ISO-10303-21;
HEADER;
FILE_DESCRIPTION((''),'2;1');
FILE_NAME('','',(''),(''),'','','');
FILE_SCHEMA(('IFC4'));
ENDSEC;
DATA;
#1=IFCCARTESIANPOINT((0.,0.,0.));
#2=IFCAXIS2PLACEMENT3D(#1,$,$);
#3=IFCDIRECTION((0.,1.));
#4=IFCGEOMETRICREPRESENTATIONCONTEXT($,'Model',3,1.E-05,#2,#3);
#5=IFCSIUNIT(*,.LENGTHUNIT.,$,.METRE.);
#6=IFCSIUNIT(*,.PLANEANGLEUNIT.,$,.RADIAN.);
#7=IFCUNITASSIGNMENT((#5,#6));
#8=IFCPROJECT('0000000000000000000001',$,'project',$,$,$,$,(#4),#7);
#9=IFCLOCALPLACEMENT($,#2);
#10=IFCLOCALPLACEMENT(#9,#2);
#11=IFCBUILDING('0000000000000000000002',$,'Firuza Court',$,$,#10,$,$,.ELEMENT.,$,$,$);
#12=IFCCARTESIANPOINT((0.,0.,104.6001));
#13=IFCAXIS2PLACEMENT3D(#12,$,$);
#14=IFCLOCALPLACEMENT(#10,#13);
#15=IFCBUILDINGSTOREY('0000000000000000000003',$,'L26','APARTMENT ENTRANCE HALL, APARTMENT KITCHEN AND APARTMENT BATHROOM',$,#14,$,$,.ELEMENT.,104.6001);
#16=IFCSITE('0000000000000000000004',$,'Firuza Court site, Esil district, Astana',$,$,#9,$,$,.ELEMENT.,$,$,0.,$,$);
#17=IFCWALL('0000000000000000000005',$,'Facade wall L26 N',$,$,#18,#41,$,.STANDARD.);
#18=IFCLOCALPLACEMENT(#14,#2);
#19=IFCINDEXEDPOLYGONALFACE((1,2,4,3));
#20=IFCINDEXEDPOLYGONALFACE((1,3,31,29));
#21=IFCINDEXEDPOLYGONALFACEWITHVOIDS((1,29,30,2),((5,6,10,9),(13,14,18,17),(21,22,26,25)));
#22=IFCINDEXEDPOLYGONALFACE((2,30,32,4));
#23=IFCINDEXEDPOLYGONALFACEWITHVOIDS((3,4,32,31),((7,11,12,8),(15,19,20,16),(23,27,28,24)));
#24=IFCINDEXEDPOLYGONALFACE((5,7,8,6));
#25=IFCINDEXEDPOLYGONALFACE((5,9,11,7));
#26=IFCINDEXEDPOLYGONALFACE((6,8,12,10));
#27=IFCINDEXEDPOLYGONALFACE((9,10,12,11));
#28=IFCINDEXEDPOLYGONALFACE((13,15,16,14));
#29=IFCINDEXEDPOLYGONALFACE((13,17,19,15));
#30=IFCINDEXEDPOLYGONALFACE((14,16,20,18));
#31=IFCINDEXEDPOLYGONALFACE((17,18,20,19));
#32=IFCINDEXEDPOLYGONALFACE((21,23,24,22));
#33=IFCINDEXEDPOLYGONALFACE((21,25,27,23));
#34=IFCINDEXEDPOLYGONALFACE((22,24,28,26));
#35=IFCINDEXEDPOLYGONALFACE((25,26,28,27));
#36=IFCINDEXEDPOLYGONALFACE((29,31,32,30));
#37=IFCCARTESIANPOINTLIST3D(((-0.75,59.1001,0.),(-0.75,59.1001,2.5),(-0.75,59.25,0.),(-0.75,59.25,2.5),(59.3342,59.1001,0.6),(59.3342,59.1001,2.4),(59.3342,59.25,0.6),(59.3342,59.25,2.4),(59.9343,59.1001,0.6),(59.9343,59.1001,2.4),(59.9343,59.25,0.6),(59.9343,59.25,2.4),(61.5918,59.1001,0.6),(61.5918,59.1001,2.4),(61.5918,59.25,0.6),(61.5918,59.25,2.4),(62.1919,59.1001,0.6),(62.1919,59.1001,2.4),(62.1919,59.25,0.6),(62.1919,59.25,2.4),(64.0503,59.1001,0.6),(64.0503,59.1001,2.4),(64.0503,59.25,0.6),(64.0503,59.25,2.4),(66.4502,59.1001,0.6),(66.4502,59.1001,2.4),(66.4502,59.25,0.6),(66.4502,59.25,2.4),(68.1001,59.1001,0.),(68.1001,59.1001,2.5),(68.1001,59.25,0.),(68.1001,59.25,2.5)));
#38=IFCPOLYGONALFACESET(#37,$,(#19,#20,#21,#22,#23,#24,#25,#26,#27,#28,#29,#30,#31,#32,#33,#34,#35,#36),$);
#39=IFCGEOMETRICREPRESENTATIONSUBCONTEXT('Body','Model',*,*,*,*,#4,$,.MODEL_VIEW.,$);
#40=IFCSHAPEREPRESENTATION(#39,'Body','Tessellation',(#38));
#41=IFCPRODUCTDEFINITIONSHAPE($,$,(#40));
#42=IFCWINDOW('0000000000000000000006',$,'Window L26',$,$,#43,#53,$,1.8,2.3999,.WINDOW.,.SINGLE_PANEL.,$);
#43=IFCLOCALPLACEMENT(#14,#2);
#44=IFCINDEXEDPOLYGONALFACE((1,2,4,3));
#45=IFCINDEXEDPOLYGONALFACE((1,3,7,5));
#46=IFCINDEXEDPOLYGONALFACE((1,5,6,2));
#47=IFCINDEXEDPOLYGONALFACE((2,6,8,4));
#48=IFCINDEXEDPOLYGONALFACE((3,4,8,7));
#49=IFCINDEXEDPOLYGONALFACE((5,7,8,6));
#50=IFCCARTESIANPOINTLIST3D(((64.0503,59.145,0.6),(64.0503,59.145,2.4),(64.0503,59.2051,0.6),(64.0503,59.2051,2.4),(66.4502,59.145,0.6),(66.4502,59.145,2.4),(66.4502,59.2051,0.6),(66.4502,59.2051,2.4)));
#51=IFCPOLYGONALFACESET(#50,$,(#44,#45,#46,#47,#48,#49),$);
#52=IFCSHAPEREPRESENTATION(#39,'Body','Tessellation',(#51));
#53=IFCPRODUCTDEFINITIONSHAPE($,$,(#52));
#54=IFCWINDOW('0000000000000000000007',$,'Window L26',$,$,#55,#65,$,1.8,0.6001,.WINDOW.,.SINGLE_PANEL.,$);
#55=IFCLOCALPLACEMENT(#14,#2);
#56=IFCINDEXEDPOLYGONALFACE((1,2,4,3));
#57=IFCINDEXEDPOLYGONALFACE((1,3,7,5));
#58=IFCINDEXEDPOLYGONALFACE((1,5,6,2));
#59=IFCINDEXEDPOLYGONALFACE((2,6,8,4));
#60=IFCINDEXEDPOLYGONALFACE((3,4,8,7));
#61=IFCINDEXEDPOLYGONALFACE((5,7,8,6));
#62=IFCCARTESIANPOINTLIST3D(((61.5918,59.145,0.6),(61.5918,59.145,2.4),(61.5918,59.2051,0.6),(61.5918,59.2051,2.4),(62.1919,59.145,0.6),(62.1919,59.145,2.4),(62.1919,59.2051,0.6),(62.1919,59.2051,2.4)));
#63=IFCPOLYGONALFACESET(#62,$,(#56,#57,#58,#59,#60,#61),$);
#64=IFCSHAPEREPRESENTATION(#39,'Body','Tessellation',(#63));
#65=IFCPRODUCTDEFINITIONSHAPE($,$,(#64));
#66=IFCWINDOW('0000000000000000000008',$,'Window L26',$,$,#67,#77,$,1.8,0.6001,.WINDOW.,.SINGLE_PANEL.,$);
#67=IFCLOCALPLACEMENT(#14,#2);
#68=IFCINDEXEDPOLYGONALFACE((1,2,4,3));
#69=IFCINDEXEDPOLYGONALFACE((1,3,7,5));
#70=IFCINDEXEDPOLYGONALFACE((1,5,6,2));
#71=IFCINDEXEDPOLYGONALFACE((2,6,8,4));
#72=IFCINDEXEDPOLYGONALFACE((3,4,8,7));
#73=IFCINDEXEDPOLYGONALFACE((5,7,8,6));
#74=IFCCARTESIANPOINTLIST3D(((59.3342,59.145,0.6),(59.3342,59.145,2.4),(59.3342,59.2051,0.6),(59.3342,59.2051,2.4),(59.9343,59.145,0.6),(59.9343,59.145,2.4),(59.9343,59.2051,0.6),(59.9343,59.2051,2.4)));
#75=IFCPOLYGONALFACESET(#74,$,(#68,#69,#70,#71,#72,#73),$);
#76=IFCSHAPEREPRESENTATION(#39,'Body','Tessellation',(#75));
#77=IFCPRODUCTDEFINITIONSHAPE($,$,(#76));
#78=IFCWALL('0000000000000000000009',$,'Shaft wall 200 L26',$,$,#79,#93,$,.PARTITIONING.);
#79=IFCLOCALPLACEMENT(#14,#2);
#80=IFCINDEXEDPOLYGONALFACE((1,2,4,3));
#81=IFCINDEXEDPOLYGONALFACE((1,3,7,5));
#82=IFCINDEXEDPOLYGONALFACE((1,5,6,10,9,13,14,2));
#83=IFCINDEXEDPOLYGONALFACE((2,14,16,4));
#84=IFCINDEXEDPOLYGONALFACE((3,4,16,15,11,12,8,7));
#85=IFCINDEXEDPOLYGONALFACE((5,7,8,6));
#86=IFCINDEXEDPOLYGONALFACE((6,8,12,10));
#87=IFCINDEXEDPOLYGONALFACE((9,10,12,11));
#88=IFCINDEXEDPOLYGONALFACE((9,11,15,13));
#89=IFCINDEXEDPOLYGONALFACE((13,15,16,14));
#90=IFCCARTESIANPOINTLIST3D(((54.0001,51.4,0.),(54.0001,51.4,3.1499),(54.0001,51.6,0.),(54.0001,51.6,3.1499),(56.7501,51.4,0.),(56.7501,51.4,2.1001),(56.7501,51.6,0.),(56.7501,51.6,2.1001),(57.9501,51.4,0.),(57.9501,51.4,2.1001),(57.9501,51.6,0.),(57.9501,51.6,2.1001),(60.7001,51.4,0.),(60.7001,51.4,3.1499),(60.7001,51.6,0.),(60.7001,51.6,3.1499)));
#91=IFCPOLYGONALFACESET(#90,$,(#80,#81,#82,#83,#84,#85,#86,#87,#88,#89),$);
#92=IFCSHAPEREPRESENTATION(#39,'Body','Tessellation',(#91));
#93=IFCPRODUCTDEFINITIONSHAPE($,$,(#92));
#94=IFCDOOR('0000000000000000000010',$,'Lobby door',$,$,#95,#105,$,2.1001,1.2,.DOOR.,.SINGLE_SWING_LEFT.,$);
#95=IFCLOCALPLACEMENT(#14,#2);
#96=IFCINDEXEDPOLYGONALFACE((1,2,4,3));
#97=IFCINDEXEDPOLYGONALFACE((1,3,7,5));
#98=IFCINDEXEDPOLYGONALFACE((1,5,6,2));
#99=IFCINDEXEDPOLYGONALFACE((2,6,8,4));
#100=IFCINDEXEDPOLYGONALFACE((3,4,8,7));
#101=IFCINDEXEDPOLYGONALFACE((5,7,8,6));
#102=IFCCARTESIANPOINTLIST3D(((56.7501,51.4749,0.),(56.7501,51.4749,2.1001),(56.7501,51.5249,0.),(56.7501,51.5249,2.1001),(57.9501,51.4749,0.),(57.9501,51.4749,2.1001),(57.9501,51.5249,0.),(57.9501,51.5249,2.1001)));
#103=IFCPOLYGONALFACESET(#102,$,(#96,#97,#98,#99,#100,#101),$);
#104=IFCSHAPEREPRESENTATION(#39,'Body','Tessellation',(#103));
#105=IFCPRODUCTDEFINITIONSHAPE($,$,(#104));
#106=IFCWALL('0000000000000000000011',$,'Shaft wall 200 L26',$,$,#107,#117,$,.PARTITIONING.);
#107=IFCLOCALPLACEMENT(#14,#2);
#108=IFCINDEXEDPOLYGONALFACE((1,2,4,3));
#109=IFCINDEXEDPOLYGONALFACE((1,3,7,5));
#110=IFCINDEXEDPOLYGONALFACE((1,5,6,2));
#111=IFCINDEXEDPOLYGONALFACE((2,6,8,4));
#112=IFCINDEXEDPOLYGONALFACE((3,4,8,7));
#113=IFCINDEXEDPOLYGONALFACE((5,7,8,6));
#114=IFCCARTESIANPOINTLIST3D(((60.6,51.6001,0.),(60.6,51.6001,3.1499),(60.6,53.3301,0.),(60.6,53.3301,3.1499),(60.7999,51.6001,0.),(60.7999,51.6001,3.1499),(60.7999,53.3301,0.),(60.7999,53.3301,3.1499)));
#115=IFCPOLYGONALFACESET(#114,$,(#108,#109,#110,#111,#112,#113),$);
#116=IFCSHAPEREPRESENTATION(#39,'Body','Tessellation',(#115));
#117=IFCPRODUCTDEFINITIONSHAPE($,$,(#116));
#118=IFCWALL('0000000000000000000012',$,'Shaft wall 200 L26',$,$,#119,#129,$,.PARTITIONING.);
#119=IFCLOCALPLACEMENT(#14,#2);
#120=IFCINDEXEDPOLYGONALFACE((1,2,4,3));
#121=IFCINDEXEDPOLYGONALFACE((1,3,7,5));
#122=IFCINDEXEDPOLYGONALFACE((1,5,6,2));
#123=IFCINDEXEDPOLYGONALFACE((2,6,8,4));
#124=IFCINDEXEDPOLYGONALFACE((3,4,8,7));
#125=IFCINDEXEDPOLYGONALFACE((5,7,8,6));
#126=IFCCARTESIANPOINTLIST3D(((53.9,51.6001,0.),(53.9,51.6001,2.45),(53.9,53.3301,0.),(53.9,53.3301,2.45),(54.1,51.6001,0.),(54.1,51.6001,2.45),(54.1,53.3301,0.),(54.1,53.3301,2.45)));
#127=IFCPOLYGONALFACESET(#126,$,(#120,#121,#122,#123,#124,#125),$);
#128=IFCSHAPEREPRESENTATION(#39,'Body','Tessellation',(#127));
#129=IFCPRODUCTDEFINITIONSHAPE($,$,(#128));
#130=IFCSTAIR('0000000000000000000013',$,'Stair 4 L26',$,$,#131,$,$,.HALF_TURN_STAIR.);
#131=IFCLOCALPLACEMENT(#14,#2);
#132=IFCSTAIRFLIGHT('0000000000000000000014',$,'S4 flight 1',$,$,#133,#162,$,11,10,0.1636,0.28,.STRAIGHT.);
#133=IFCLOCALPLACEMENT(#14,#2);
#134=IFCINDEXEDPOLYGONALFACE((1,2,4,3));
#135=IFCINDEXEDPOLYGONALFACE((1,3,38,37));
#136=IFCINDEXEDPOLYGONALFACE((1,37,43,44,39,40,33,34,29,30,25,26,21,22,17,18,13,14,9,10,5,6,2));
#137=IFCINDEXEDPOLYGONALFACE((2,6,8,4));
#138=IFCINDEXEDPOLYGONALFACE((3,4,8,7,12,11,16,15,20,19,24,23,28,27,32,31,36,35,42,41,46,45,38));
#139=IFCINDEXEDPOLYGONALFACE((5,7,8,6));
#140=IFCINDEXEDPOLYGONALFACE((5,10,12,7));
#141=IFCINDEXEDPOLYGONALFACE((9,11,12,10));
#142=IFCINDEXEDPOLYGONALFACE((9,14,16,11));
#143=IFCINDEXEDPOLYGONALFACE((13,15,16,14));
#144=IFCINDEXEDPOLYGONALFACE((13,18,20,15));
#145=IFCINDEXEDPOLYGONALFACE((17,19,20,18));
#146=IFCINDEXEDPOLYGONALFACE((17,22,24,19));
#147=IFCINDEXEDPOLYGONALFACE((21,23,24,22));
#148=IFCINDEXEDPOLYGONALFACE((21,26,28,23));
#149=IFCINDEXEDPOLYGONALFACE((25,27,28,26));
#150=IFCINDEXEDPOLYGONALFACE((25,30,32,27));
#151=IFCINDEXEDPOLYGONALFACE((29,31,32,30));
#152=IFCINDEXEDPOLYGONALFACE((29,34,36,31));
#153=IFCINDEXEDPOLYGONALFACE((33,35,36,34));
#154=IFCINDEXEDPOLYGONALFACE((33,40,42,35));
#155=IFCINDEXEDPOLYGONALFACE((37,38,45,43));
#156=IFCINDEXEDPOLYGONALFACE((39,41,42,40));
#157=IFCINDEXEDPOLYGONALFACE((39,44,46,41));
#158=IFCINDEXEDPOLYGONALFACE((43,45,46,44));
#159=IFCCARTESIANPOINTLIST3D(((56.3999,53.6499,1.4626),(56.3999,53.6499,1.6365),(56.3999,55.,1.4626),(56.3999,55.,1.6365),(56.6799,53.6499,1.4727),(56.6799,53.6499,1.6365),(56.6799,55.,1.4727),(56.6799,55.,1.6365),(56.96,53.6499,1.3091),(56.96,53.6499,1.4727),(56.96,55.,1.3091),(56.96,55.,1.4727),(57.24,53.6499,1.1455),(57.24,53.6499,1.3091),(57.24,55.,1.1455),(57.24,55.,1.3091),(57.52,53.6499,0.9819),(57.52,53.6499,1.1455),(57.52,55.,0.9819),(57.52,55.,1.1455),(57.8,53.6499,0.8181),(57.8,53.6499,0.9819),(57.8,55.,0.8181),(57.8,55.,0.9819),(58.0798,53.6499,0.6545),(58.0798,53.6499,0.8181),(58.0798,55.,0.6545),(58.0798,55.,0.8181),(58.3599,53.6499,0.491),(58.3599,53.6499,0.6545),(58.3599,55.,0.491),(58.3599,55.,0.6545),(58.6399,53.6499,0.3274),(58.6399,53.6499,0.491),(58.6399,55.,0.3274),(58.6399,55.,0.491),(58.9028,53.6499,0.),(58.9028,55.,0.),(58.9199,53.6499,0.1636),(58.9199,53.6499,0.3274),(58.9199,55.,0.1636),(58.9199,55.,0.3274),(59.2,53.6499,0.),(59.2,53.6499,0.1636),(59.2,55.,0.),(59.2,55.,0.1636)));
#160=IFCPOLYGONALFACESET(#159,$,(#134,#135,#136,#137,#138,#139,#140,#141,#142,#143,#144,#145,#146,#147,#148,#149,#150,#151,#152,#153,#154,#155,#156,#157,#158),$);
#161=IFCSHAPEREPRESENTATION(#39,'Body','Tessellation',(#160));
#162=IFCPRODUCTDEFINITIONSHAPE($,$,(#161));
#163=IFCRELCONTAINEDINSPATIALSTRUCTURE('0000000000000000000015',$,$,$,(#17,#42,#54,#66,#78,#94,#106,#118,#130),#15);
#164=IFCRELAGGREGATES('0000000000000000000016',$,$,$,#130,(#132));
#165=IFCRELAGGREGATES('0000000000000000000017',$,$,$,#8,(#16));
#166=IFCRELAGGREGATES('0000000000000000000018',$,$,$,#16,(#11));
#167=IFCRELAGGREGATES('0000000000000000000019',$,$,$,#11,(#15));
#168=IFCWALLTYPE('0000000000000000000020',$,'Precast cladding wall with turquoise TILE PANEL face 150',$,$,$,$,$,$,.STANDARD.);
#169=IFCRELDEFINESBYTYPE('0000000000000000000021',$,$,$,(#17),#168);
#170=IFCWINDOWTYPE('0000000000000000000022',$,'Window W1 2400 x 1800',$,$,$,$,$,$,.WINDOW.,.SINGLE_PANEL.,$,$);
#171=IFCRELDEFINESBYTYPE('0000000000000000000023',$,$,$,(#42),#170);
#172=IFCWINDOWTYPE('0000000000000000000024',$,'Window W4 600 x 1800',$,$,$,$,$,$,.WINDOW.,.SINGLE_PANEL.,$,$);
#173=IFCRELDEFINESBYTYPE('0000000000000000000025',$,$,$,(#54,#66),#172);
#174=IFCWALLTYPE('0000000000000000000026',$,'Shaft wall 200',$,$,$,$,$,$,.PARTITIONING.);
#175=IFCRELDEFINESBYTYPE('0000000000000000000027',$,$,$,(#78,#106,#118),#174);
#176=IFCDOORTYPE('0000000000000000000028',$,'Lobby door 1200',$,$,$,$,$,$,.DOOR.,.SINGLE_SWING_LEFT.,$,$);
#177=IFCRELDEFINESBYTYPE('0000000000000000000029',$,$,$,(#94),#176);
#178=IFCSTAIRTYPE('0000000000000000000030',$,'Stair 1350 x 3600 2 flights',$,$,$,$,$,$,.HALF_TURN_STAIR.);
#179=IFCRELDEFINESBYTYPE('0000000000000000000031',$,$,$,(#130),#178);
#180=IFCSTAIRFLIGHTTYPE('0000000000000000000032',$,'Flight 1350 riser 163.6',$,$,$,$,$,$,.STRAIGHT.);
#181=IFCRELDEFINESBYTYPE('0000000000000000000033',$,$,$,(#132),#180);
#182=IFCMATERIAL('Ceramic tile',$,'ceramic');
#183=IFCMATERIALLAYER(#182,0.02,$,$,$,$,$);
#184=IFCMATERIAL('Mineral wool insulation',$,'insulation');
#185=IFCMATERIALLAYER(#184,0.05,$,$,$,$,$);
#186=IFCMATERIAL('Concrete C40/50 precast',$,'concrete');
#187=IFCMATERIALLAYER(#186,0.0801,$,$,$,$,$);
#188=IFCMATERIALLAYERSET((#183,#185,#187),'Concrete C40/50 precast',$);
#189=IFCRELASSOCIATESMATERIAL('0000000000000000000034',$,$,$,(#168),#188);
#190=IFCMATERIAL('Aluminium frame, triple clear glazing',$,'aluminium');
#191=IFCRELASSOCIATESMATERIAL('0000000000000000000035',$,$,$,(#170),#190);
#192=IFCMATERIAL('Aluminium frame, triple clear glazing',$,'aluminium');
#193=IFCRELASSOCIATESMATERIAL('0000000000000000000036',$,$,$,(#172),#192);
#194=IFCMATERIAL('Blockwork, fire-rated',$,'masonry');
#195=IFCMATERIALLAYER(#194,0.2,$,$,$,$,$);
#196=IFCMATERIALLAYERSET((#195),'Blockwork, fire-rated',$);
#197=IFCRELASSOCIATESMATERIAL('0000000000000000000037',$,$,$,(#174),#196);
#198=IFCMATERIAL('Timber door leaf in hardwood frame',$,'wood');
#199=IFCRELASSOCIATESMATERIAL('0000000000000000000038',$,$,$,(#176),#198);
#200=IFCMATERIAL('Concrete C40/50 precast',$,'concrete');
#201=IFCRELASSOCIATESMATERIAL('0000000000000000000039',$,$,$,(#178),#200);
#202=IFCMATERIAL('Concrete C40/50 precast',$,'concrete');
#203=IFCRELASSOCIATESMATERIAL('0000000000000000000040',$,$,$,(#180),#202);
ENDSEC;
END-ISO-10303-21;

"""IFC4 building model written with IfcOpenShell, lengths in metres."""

from ifc_helpers import new_model, si_unit, direction, frame, frame_2d, origin, place, context, subcontext, project, spatial, polyline, rectangle, outline, extrude, material, layer, layer_set, type_object, element, fill, aggregate, save


model = new_model("IFC4")

# Units and contexts
model_context = context("Model", 3, precision=1e-05, world=origin(), true_north=direction((0.0, 1.0)))
body_context = subcontext(model_context, "Body", "Model", "MODEL_VIEW")
ifc_project = project(units=[si_unit("LENGTHUNIT", "METRE"), si_unit("PLANEANGLEUNIT", "RADIAN")], contexts=[model_context])

# Site, building, storey
site_placement = place(None, origin())
site = spatial("IfcSite", under=ifc_project, at=site_placement, Name="Firuza Court site, Esil district, Astana", CompositionType="ELEMENT", RefElevation=0.0)
building_placement = place(site_placement, origin())
building = spatial("IfcBuilding", under=site, at=building_placement, Name="Firuza Court", CompositionType="ELEMENT")
storey_placement = place(building_placement, frame((0.0, 0.0, 104.6001)))
storey = spatial("IfcBuildingStorey", under=building, at=storey_placement, Name="L26", Description="APARTMENT ENTRANCE HALL, APARTMENT KITCHEN AND APARTMENT BATHROOM", CompositionType="ELEMENT", Elevation=104.6001)

# Wall, openings, windows
ifc_material_1 = material(Name="Ceramic tile", Category="ceramic")
ifc_layer_1 = layer(ifc_material_1, 0.02)
ifc_material_2 = material(Name="Mineral wool insulation", Category="insulation")
ifc_layer_2 = layer(ifc_material_2, 0.05)
ifc_material_3 = material(Name="Concrete C40/50 precast", Category="concrete")
ifc_layer_3 = layer(ifc_material_3, 0.0801)
ifc_layer_set_1 = layer_set([ifc_layer_1, ifc_layer_2, ifc_layer_3], Name="Concrete C40/50 precast")
wall_type_1 = type_object("IfcWallType", Name="Precast cladding wall with turquoise TILE PANEL face 150", PredefinedType="STANDARD", material=ifc_layer_set_1)
wall_1_placement = place(storey_placement, frame((68.1001, 59.175, 0.0), z_axis=(0.0, 0.0, 1.0), x_axis=(-1.0, 0.0, 0.0)))
wall_1 = element("IfcWall", 1, at=wall_1_placement, inside=storey, type_object=wall_type_1, Name="Facade wall L26 N", PredefinedType="STANDARD", context=body_context, shape_type="SweptSolid", body=[
    extrude(rectangle(XDim=68.8501, YDim=0.1499, at=frame_2d((34.425, 0.0))), origin(), (0.0, 0.0, 1.0), 2.5),
])
opening_1_placement = place(wall_1_placement, frame((1.6499, 0.0, 0.6001)))
opening_1 = element("IfcOpeningElement", 2, at=opening_1_placement, cuts=wall_1, PredefinedType="OPENING", context=body_context, shape_type="SweptSolid", body=[
    extrude(rectangle(XDim=2.3999, YDim=1.8, at=frame_2d((1.2, 0.8999))), frame((0.0, 0.0869, 0.0), z_axis=(0.0, -1.0, 0.0), x_axis=(1.0, 0.0, 0.0)), (0.0, 0.0, 1.0), 0.1738),
])
opening_2_placement = place(wall_1_placement, frame((5.9082, 0.0, 0.6001)))
opening_2 = element("IfcOpeningElement", 3, at=opening_2_placement, cuts=wall_1, PredefinedType="OPENING", context=body_context, shape_type="SweptSolid", body=[
    extrude(rectangle(XDim=0.6001, YDim=1.8, at=frame_2d((0.3, 0.8999))), frame((0.0, 0.0869, 0.0), z_axis=(0.0, -1.0, 0.0), x_axis=(1.0, 0.0, 0.0)), (0.0, 0.0, 1.0), 0.1738),
])
opening_3_placement = place(wall_1_placement, frame((8.1658, 0.0, 0.6001)))
opening_3 = element("IfcOpeningElement", 4, at=opening_3_placement, cuts=wall_1, PredefinedType="OPENING", context=body_context, shape_type="SweptSolid", body=[
    extrude(rectangle(XDim=0.6001, YDim=1.8, at=frame_2d((0.3, 0.8999))), frame((0.0, 0.0869, 0.0), z_axis=(0.0, -1.0, 0.0), x_axis=(1.0, 0.0, 0.0)), (0.0, 0.0, 1.0), 0.1738),
])
ifc_material_4 = material(Name="Aluminium frame, triple clear glazing", Category="aluminium")
window_type_1 = type_object("IfcWindowType", Name="Window W1 2400 x 1800", PartitioningType="SINGLE_PANEL", PredefinedType="WINDOW", material=ifc_material_4)
window_1_placement = place(opening_1_placement, origin())
window_1 = element("IfcWindow", 5, at=window_1_placement, inside=storey, type_object=window_type_1, Name="Window L26", OverallHeight=1.8, OverallWidth=2.3999, PartitioningType="SINGLE_PANEL", PredefinedType="WINDOW", context=body_context, shape_type="SweptSolid", body=[
    extrude(rectangle(XDim=2.3999, YDim=1.8, at=frame_2d((1.2, 0.8999))), frame((0.0, 0.03, 0.0), z_axis=(0.0, -1.0, 0.0), x_axis=(1.0, 0.0, 0.0)), (0.0, 0.0, 1.0), 0.0601),
])
fill(opening_1, window_1)
ifc_material_5 = material(Name="Aluminium frame, triple clear glazing", Category="aluminium")
window_type_2 = type_object("IfcWindowType", Name="Window W4 600 x 1800", PartitioningType="SINGLE_PANEL", PredefinedType="WINDOW", material=ifc_material_5)
window_2_placement = place(opening_2_placement, origin())
window_2 = element("IfcWindow", 6, at=window_2_placement, inside=storey, type_object=window_type_2, Name="Window L26", OverallHeight=1.8, OverallWidth=0.6001, PartitioningType="SINGLE_PANEL", PredefinedType="WINDOW", context=body_context, shape_type="SweptSolid", body=[
    extrude(rectangle(XDim=0.6001, YDim=1.8, at=frame_2d((0.3, 0.8999))), frame((0.0, 0.03, 0.0), z_axis=(0.0, -1.0, 0.0), x_axis=(1.0, 0.0, 0.0)), (0.0, 0.0, 1.0), 0.0601),
])
fill(opening_2, window_2)
window_3_placement = place(opening_3_placement, origin())
window_3 = element("IfcWindow", 7, at=window_3_placement, inside=storey, type_object=window_type_2, Name="Window L26", OverallHeight=1.8, OverallWidth=0.6001, PartitioningType="SINGLE_PANEL", PredefinedType="WINDOW", context=body_context, shape_type="SweptSolid", body=[
    extrude(rectangle(XDim=0.6001, YDim=1.8, at=frame_2d((0.3, 0.8999))), frame((0.0, 0.03, 0.0), z_axis=(0.0, -1.0, 0.0), x_axis=(1.0, 0.0, 0.0)), (0.0, 0.0, 1.0), 0.0601),
])
fill(opening_3, window_3)

# Wall, opening, door
ifc_material_6 = material(Name="Blockwork, fire-rated", Category="masonry")
ifc_layer_4 = layer(ifc_material_6, 0.2)
ifc_layer_set_2 = layer_set([ifc_layer_4], Name="Blockwork, fire-rated")
wall_type_2 = type_object("IfcWallType", Name="Shaft wall 200", PredefinedType="PARTITIONING", material=ifc_layer_set_2)
wall_2_placement = place(storey_placement, frame((54.0, 51.5, 0.0), z_axis=(0.0, 0.0, 1.0), x_axis=(1.0, 0.0, 0.0)))
wall_2 = element("IfcWall", 8, at=wall_2_placement, inside=storey, type_object=wall_type_2, Name="Shaft wall 200 L26", PredefinedType="PARTITIONING", context=body_context, shape_type="SweptSolid", body=[
    extrude(rectangle(XDim=6.7, YDim=0.2, at=frame_2d((3.3501, 0.0))), origin(), (0.0, 0.0, 1.0), 3.1499),
])
opening_4_placement = place(wall_2_placement, frame((2.75, 0.0, 0.0)))
opening_4 = element("IfcOpeningElement", 9, at=opening_4_placement, cuts=wall_2, PredefinedType="OPENING", context=body_context, shape_type="SweptSolid", body=[
    extrude(rectangle(XDim=1.2, YDim=2.1001, at=frame_2d((0.6001, 1.05))), frame((0.0, 0.1118, 0.0), z_axis=(0.0, -1.0, 0.0), x_axis=(1.0, 0.0, 0.0)), (0.0, 0.0, 1.0), 0.2239),
])
ifc_material_7 = material(Name="Timber door leaf in hardwood frame", Category="wood")
door_type_1 = type_object("IfcDoorType", Name="Lobby door 1200", OperationType="SINGLE_SWING_LEFT", PredefinedType="DOOR", material=ifc_material_7)
door_1_placement = place(opening_4_placement, origin())
door_1 = element("IfcDoor", 10, at=door_1_placement, inside=storey, type_object=door_type_1, Name="Lobby door", OperationType="SINGLE_SWING_LEFT", OverallHeight=2.1001, OverallWidth=1.2, PredefinedType="DOOR", context=body_context, shape_type="SweptSolid", body=[
    extrude(rectangle(XDim=1.2, YDim=2.1001, at=frame_2d((0.6001, 1.05))), frame((0.0, 0.0249, 0.0), z_axis=(0.0, -1.0, 0.0), x_axis=(1.0, 0.0, 0.0)), (0.0, 0.0, 1.0), 0.05),
])
fill(opening_4, door_1)

# Walls
wall_3_placement = place(storey_placement, frame((60.7, 51.6001, 0.0), z_axis=(0.0, 0.0, 1.0), x_axis=(0.0, 1.0, 0.0)))
element("IfcWall", 11, at=wall_3_placement, inside=storey, type_object=wall_type_2, Name="Shaft wall 200 L26", PredefinedType="PARTITIONING", context=body_context, shape_type="SweptSolid", body=[
    extrude(rectangle(XDim=1.73, YDim=0.2, at=frame_2d((0.865, 0.0))), origin(), (0.0, 0.0, 1.0), 3.1499),
])
wall_4_placement = place(storey_placement, frame((54.0, 51.6001, 0.0), z_axis=(0.0, 0.0, 1.0), x_axis=(0.0, 1.0, 0.0)))
element("IfcWall", 12, at=wall_4_placement, inside=storey, type_object=wall_type_2, Name="Shaft wall 200 L26", PredefinedType="PARTITIONING", context=body_context, shape_type="SweptSolid", body=[
    extrude(rectangle(XDim=1.73, YDim=0.2, at=frame_2d((0.865, 0.0))), origin(), (0.0, 0.0, 1.0), 2.45),
])

# Stair, stair flight
ifc_material_8 = material(Name="Concrete C40/50 precast", Category="concrete")
stair_type = type_object("IfcStairType", Name="Stair 1350 x 3600 2 flights", PredefinedType="HALF_TURN_STAIR", material=ifc_material_8)
stair_placement = place(storey_placement, origin())
stair = element("IfcStair", 13, at=stair_placement, inside=storey, type_object=stair_type, Name="Stair 4 L26", PredefinedType="HALF_TURN_STAIR")
ifc_material_9 = material(Name="Concrete C40/50 precast", Category="concrete")
stair_flight_type = type_object("IfcStairFlightType", Name="Flight 1350 riser 163.6", PredefinedType="STRAIGHT", material=ifc_material_9)
stair_flight_1_placement = place(storey_placement, frame((59.2, 54.325, 0.0), z_axis=(0.0, 0.0, 1.0), x_axis=(-1.0, 0.0, 0.0)))
stair_flight_1 = element("IfcStairFlight", 14, at=stair_flight_1_placement, type_object=stair_flight_type, Name="S4 flight 1", NumberOfRisers=11, NumberOfTreads=10, PredefinedType="STRAIGHT", RiserHeight=0.1636, TreadLength=0.28, context=body_context, shape_type="SweptSolid", body=[
    extrude(outline(polyline([(0.0, 0.0), (0.0, 0.1636), (0.28, 0.1636), (0.28, 0.3274), (0.5601, 0.3274), (0.5601, 0.491), (0.8401, 0.491), (0.8401, 0.6545), (1.1201, 0.6545), (1.1201, 0.8181), (1.3999, 0.8181), (1.3999, 0.9819), (1.6799, 0.9819), (1.6799, 1.1455), (1.96, 1.1455), (1.96, 1.3091), (2.24, 1.3091), (2.24, 1.4727), (2.52, 1.4727), (2.52, 1.6365), (2.8, 1.6365), (2.8, 1.8), (2.8, 1.4626), (0.2971, 0.0), (0.0, 0.0)])), frame((0.0, 0.675, 0.0), z_axis=(0.0, -1.0, 0.0), x_axis=(1.0, 0.0, 0.0)), (0.0, 0.0, 1.0), 1.3501),
])
aggregate(stair, [stair_flight_1])

save(model, "model.ifc")
